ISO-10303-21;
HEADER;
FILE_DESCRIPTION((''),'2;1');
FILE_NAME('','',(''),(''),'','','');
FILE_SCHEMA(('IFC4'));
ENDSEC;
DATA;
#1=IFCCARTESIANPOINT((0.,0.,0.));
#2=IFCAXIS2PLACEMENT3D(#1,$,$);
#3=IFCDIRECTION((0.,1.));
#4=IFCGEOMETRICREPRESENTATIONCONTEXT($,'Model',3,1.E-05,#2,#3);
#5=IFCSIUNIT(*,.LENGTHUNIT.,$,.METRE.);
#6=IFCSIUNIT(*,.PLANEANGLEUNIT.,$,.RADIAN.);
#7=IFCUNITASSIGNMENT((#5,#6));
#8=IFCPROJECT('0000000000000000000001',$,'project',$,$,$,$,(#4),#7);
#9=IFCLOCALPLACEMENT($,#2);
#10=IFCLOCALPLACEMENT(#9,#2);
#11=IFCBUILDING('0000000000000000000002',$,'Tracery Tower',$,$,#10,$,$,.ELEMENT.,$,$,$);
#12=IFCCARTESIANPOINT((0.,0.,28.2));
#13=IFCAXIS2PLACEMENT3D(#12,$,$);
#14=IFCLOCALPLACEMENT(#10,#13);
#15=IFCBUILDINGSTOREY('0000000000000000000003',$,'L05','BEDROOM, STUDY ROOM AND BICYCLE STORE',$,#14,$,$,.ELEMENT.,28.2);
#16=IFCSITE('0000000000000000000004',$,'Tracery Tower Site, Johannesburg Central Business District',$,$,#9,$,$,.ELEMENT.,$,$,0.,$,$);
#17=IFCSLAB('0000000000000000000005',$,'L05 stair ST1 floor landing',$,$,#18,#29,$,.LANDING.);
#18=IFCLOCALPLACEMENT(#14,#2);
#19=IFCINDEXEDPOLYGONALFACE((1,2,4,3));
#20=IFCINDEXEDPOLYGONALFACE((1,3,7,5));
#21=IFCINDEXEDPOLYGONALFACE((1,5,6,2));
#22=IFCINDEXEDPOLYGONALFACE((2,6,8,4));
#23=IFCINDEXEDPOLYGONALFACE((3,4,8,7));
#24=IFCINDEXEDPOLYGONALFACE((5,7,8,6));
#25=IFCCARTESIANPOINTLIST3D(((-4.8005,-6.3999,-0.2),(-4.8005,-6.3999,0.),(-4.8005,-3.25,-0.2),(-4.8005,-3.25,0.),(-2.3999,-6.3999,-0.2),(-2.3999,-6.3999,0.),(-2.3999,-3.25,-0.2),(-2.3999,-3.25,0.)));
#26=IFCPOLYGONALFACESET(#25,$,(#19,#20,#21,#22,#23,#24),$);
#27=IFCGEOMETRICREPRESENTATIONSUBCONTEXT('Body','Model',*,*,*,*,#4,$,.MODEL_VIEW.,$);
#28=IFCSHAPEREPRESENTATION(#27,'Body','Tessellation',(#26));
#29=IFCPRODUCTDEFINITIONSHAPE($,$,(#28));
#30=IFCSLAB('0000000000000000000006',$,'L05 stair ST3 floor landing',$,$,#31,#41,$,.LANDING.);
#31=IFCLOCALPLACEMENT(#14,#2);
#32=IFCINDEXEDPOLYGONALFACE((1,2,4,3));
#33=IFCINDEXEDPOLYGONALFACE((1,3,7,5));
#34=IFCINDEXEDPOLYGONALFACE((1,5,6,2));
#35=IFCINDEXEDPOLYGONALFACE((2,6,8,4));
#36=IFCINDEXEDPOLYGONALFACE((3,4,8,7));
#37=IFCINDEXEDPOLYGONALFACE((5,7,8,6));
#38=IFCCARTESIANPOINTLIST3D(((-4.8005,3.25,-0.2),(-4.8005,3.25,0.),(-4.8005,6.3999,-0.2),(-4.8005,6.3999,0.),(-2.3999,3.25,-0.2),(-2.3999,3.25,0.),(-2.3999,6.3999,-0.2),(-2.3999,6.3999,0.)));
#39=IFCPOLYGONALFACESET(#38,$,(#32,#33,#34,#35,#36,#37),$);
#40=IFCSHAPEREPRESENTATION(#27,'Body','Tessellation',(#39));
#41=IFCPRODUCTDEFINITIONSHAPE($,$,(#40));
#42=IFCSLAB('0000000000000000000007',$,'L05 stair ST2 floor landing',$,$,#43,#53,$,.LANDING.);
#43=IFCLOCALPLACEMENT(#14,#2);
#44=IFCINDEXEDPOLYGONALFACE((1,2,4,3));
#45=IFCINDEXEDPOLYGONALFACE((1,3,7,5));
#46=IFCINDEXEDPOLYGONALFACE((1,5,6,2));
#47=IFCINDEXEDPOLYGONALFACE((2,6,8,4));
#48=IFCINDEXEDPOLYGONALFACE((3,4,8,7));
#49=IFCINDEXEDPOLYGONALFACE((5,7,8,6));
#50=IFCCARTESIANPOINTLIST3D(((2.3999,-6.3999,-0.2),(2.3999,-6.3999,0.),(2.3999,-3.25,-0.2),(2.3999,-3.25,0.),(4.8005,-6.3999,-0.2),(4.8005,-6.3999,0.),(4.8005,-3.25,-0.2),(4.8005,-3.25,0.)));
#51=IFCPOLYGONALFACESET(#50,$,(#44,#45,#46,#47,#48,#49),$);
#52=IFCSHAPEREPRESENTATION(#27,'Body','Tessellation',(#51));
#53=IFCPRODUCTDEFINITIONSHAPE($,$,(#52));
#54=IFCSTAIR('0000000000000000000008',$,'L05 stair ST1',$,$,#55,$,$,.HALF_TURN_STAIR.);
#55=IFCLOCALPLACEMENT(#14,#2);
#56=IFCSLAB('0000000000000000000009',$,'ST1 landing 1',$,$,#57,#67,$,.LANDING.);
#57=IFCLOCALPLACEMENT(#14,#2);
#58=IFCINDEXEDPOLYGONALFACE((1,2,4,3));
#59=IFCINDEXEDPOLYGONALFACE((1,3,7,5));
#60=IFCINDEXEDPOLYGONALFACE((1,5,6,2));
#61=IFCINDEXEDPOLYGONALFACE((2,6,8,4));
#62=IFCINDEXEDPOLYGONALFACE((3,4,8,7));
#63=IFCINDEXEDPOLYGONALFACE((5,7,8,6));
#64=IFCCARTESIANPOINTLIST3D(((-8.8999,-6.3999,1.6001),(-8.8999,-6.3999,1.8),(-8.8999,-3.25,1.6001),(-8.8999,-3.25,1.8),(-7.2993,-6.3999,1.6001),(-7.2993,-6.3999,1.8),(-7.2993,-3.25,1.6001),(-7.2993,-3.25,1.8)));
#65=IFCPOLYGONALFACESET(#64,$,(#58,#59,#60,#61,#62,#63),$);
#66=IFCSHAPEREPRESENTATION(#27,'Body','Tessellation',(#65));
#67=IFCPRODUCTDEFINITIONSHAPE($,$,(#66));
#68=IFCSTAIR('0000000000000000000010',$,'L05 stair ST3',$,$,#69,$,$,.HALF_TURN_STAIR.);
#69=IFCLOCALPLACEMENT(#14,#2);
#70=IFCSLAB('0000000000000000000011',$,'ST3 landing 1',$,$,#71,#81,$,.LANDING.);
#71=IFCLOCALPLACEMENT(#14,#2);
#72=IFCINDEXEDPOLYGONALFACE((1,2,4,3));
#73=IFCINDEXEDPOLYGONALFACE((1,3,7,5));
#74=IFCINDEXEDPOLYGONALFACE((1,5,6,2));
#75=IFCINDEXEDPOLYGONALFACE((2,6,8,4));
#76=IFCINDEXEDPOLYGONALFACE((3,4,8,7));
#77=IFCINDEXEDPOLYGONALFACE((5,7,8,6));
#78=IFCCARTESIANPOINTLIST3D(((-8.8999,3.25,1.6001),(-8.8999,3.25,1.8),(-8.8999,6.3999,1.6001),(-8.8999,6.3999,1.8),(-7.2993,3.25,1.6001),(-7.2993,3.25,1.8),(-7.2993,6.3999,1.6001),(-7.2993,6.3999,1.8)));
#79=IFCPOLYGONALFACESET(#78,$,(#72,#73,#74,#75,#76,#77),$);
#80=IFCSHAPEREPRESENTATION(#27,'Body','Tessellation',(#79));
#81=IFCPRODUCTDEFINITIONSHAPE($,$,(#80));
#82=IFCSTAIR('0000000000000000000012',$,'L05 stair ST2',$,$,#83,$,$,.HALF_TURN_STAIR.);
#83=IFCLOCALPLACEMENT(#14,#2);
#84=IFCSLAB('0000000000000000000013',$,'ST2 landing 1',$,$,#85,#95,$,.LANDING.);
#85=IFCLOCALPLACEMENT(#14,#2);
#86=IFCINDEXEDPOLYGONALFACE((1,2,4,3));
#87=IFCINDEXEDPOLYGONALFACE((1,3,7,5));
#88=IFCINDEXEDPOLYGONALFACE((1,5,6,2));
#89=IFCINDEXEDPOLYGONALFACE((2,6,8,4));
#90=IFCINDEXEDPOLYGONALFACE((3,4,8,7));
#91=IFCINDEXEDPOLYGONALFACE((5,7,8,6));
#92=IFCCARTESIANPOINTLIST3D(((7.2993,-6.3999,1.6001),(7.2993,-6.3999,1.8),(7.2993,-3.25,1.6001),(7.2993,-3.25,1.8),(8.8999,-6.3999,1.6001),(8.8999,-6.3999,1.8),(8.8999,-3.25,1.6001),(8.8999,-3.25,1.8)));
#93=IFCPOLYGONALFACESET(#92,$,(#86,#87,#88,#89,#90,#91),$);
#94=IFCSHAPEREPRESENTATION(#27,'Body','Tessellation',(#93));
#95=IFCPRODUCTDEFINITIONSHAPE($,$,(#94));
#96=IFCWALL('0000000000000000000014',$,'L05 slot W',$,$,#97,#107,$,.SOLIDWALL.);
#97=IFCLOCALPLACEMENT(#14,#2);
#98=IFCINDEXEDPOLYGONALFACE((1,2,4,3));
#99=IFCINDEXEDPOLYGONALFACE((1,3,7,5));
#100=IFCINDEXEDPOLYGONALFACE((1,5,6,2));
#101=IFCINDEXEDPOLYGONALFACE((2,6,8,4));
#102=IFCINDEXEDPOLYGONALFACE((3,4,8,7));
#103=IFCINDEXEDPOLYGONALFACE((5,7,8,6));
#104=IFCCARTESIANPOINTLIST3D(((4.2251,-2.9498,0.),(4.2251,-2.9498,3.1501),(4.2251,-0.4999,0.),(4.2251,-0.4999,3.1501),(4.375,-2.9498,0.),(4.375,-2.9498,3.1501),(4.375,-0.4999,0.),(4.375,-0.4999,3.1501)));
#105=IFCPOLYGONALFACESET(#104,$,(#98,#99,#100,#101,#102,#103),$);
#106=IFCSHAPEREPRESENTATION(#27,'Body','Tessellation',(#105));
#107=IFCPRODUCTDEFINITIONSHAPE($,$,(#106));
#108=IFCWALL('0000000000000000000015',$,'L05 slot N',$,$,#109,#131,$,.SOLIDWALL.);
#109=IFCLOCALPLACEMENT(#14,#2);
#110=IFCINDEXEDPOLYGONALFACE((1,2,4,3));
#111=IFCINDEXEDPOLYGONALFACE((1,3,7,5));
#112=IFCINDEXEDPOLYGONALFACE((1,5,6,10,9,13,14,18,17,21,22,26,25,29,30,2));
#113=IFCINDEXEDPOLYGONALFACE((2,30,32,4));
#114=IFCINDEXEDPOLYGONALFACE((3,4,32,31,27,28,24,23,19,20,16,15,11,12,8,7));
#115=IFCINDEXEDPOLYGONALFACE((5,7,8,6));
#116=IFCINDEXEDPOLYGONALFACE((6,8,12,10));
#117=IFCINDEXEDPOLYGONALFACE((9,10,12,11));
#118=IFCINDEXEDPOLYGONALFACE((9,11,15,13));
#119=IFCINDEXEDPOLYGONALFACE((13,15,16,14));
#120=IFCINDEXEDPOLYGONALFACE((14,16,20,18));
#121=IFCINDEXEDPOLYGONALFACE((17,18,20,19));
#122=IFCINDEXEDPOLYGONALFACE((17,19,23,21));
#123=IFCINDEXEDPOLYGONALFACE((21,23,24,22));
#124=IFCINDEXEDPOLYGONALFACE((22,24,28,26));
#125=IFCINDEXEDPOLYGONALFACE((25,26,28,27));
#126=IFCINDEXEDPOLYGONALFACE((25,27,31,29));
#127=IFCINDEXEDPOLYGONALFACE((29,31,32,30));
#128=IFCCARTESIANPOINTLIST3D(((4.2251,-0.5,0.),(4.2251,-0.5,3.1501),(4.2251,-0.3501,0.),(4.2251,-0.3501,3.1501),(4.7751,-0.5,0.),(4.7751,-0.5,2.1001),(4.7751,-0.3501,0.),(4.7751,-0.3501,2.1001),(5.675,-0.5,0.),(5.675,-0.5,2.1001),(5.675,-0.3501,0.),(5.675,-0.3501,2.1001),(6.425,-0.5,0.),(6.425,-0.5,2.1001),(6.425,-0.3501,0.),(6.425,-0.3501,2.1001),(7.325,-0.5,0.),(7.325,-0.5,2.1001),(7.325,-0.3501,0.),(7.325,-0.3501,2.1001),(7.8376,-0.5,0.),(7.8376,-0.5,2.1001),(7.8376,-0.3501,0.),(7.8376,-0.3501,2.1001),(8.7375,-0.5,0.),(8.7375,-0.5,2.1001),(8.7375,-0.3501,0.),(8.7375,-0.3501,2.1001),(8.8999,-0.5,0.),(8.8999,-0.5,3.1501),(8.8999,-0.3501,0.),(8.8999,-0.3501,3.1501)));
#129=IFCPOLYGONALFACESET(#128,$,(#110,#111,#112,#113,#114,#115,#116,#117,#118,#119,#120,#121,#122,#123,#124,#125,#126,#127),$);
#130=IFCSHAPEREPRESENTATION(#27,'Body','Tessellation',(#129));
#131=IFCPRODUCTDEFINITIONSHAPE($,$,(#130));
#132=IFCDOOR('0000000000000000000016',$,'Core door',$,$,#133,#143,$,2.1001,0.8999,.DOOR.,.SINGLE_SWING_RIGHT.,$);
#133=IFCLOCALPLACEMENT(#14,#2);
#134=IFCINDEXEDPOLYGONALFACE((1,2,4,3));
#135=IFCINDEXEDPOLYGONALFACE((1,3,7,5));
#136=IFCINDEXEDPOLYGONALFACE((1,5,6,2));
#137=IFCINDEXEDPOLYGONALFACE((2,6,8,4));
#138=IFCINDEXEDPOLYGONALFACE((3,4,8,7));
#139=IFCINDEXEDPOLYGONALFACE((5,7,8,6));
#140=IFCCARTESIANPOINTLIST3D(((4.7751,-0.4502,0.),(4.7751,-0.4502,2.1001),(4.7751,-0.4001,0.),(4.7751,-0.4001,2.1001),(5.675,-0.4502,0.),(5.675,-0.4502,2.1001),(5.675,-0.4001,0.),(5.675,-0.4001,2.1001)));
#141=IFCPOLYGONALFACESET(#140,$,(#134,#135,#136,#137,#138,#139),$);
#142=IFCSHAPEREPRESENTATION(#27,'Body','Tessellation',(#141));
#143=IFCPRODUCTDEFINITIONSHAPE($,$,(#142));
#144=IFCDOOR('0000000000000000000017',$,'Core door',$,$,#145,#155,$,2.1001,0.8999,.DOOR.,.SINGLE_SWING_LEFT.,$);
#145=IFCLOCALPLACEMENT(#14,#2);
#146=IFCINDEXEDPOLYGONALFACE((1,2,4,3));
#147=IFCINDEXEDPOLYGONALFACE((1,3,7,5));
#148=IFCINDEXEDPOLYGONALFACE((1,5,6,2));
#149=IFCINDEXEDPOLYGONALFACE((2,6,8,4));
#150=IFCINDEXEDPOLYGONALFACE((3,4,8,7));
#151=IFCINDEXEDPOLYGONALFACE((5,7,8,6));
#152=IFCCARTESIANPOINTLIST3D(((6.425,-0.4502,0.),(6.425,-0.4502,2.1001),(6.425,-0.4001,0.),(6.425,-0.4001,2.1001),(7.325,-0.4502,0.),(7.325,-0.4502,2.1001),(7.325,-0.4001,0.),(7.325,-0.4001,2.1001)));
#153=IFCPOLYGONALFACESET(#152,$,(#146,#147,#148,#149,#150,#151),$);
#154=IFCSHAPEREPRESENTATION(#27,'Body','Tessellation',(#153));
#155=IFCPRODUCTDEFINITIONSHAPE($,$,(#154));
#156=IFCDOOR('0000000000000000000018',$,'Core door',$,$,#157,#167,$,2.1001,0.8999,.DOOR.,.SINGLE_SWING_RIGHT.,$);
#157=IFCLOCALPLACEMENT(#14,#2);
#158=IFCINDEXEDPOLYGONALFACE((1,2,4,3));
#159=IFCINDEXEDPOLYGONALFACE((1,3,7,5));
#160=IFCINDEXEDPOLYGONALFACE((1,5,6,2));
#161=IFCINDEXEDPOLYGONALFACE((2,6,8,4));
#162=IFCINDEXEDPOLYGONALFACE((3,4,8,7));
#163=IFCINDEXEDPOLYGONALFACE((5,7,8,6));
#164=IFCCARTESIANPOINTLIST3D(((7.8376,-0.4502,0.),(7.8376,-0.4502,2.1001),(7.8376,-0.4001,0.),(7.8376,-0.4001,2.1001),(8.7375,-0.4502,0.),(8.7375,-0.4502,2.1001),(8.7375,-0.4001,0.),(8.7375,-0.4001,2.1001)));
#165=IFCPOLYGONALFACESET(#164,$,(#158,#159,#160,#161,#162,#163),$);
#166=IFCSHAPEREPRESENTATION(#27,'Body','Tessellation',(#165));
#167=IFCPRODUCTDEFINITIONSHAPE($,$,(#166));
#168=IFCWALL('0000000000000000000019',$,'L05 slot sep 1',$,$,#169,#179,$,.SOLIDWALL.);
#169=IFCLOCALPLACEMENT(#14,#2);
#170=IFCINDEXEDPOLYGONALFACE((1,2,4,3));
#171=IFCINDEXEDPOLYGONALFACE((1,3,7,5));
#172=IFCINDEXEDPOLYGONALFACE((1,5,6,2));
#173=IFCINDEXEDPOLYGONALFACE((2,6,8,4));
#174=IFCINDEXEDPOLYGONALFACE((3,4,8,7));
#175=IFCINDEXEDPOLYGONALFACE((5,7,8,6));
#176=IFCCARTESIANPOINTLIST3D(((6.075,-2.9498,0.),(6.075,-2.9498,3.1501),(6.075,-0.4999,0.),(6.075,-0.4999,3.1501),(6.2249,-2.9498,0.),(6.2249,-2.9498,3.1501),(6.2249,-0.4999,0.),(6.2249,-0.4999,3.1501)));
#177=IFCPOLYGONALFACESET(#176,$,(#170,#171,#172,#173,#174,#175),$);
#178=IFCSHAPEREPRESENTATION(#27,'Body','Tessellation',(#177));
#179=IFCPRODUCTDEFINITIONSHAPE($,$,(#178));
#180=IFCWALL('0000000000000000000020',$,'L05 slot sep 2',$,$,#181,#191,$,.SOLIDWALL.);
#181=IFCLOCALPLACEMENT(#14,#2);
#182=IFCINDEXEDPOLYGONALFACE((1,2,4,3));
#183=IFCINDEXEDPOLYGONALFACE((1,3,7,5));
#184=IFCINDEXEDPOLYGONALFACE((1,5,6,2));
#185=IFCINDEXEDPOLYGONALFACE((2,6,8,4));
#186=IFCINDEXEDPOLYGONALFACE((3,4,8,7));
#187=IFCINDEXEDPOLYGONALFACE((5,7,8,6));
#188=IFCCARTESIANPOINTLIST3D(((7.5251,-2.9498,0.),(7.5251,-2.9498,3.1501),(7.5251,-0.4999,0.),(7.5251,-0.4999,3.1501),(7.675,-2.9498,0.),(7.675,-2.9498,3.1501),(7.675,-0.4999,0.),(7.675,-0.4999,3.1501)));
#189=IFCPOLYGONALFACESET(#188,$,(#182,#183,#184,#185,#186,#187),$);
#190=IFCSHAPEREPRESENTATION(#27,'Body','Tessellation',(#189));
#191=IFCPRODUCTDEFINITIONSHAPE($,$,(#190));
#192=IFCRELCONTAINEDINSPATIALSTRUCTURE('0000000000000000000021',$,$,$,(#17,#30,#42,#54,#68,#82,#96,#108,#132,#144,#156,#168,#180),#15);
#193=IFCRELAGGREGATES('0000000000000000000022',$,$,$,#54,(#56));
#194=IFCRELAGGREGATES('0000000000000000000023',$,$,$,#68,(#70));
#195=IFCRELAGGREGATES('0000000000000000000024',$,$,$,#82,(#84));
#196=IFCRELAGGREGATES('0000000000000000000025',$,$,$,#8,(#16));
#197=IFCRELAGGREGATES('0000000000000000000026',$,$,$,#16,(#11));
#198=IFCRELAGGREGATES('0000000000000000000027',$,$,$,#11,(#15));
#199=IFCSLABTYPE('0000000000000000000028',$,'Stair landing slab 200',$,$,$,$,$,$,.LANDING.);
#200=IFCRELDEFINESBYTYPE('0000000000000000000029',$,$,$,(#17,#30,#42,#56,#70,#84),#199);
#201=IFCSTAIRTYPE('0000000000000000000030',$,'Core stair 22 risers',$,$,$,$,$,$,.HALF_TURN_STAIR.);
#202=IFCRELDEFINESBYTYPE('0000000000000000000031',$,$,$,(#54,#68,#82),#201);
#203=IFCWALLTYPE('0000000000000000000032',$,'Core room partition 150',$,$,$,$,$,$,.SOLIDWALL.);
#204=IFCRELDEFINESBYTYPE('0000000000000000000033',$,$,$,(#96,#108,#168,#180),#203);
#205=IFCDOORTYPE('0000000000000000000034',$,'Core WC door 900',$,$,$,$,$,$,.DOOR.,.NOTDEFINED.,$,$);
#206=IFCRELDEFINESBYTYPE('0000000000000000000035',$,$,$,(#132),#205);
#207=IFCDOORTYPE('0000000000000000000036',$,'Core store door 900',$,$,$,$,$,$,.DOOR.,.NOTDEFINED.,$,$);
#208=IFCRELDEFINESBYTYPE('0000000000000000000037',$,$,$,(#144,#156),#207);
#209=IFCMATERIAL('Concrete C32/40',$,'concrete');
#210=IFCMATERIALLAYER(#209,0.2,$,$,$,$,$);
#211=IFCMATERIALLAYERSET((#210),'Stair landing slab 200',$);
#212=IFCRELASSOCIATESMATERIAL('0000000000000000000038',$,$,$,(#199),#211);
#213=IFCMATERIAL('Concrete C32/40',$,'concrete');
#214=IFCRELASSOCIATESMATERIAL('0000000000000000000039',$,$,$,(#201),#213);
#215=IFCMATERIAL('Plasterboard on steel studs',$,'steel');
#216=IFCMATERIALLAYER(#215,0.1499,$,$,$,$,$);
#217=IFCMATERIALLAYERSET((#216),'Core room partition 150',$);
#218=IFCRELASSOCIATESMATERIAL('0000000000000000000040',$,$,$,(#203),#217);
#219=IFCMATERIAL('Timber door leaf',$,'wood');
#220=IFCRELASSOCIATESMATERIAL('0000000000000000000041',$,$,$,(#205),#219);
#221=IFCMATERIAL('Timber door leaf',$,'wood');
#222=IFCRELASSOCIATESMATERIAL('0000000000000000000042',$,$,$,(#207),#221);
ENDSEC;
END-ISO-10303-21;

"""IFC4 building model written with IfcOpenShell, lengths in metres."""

from ifc_helpers import new_model, si_unit, direction, frame, frame_2d, origin, place, context, subcontext, project, spatial, polyline, rectangle, outline, extrude, material, layer, layer_set, type_object, element, fill, aggregate, save


model = new_model("IFC4")

# Units and contexts
model_context = context("Model", 3, precision=1e-05, world=origin(), true_north=direction((0.0, 1.0)))
body_context = subcontext(model_context, "Body", "Model", "MODEL_VIEW")
ifc_project = project(units=[si_unit("LENGTHUNIT", "METRE"), si_unit("PLANEANGLEUNIT", "RADIAN")], contexts=[model_context])

# Site, building, storey
site_placement = place(None, origin())
site = spatial("IfcSite", under=ifc_project, at=site_placement, Name="Tracery Tower Site, Johannesburg Central Business District", CompositionType="ELEMENT", RefElevation=0.0)
building_placement = place(site_placement, origin())
building = spatial("IfcBuilding", under=site, at=building_placement, Name="Tracery Tower", CompositionType="ELEMENT")
storey_placement = place(building_placement, frame((0.0, 0.0, 28.2)))
storey = spatial("IfcBuildingStorey", under=building, at=storey_placement, Name="L05", Description="BEDROOM, STUDY ROOM AND BICYCLE STORE", CompositionType="ELEMENT", Elevation=28.2)

# Slabs
ifc_material_1 = material(Name="Concrete C32/40", Category="concrete")
ifc_layer_1 = layer(ifc_material_1, 0.2)
ifc_layer_set_1 = layer_set([ifc_layer_1], Name="Stair landing slab 200")
slab_type_1 = type_object("IfcSlabType", Name="Stair landing slab 200", PredefinedType="LANDING", material=ifc_layer_set_1)
slab_1_placement = place(storey_placement, frame((0.0, 0.0, -0.2)))
element("IfcSlab", 1, at=slab_1_placement, inside=storey, type_object=slab_type_1, Name="L05 stair ST1 floor landing", PredefinedType="LANDING", context=body_context, shape_type="SweptSolid", body=[
    extrude(outline(polyline([(-2.3999, -3.25), (-4.8005, -3.25), (-4.8005, -6.3999), (-2.3999, -6.3999), (-2.3999, -3.25)])), origin(), (0.0, 0.0, 1.0), 0.2),
])
slab_2_placement = place(storey_placement, frame((0.0, 0.0, -0.2)))
element("IfcSlab", 2, at=slab_2_placement, inside=storey, type_object=slab_type_1, Name="L05 stair ST3 floor landing", PredefinedType="LANDING", context=body_context, shape_type="SweptSolid", body=[
    extrude(outline(polyline([(-2.3999, 6.3999), (-4.8005, 6.3999), (-4.8005, 3.25), (-2.3999, 3.25), (-2.3999, 6.3999)])), origin(), (0.0, 0.0, 1.0), 0.2),
])
slab_3_placement = place(storey_placement, frame((0.0, 0.0, -0.2)))
element("IfcSlab", 3, at=slab_3_placement, inside=storey, type_object=slab_type_1, Name="L05 stair ST2 floor landing", PredefinedType="LANDING", context=body_context, shape_type="SweptSolid", body=[
    extrude(outline(polyline([(2.3999, -6.3999), (4.8005, -6.3999), (4.8005, -3.25), (2.3999, -3.25), (2.3999, -6.3999)])), origin(), (0.0, 0.0, 1.0), 0.2),
])

# Stairs, slabs
ifc_material_2 = material(Name="Concrete C32/40", Category="concrete")
stair_type = type_object("IfcStairType", Name="Core stair 22 risers", PredefinedType="HALF_TURN_STAIR", material=ifc_material_2)
stair_1_placement = place(storey_placement, origin())
stair_1 = element("IfcStair", 4, at=stair_1_placement, inside=storey, type_object=stair_type, Name="L05 stair ST1", PredefinedType="HALF_TURN_STAIR")
slab_4_placement = place(storey_placement, frame((0.0, 0.0, 1.6001)))
slab_4 = element("IfcSlab", 5, at=slab_4_placement, type_object=slab_type_1, Name="ST1 landing 1", PredefinedType="LANDING", context=body_context, shape_type="SweptSolid", body=[
    extrude(outline(polyline([(-7.2993, -3.25), (-8.8999, -3.25), (-8.8999, -6.3999), (-7.2993, -6.3999), (-7.2993, -3.25)])), origin(), (0.0, 0.0, 1.0), 0.2),
])
aggregate(stair_1, [slab_4])
stair_2_placement = place(storey_placement, origin())
stair_2 = element("IfcStair", 6, at=stair_2_placement, inside=storey, type_object=stair_type, Name="L05 stair ST3", PredefinedType="HALF_TURN_STAIR")
slab_5_placement = place(storey_placement, frame((0.0, 0.0, 1.6001)))
slab_5 = element("IfcSlab", 7, at=slab_5_placement, type_object=slab_type_1, Name="ST3 landing 1", PredefinedType="LANDING", context=body_context, shape_type="SweptSolid", body=[
    extrude(outline(polyline([(-7.2993, 6.3999), (-8.8999, 6.3999), (-8.8999, 3.25), (-7.2993, 3.25), (-7.2993, 6.3999)])), origin(), (0.0, 0.0, 1.0), 0.2),
])
aggregate(stair_2, [slab_5])
stair_3_placement = place(storey_placement, origin())
stair_3 = element("IfcStair", 8, at=stair_3_placement, inside=storey, type_object=stair_type, Name="L05 stair ST2", PredefinedType="HALF_TURN_STAIR")
slab_6_placement = place(storey_placement, frame((0.0, 0.0, 1.6001)))
slab_6 = element("IfcSlab", 9, at=slab_6_placement, type_object=slab_type_1, Name="ST2 landing 1", PredefinedType="LANDING", context=body_context, shape_type="SweptSolid", body=[
    extrude(outline(polyline([(7.2993, -6.3999), (8.8999, -6.3999), (8.8999, -3.25), (7.2993, -3.25), (7.2993, -6.3999)])), origin(), (0.0, 0.0, 1.0), 0.2),
])

# Wall
ifc_material_3 = material(Name="Plasterboard on steel studs", Category="steel")
ifc_layer_2 = layer(ifc_material_3, 0.1499)
ifc_layer_set_2 = layer_set([ifc_layer_2], Name="Core room partition 150")
wall_type_1 = type_object("IfcWallType", Name="Core room partition 150", PredefinedType="SOLIDWALL", material=ifc_layer_set_2)
wall_1_placement = place(storey_placement, frame((4.3, -2.95, 0.0), z_axis=(0.0, 0.0, 1.0), x_axis=(0.0, 1.0, 0.0)))
element("IfcWall", 10, at=wall_1_placement, inside=storey, type_object=wall_type_1, Name="L05 slot W", PredefinedType="SOLIDWALL", context=body_context, shape_type="SweptSolid", body=[
    extrude(rectangle(XDim=2.45, YDim=0.1499, at=frame_2d((1.2251, 0.0))), origin(), (0.0, 0.0, 1.0), 3.1501),
])

# Wall, openings, doors
wall_2_placement = place(storey_placement, frame((4.2251, -0.425, 0.0), z_axis=(0.0, 0.0, 1.0), x_axis=(1.0, 0.0, 0.0)))
wall_2 = element("IfcWall", 11, at=wall_2_placement, inside=storey, type_object=wall_type_1, Name="L05 slot N", PredefinedType="SOLIDWALL", context=body_context, shape_type="SweptSolid", body=[
    extrude(rectangle(XDim=4.6748, YDim=0.1499, at=frame_2d((2.3374, 0.0))), origin(), (0.0, 0.0, 1.0), 3.1501),
])
opening_1_placement = place(wall_2_placement, frame((0.55, 0.0, 0.0)))
opening_1 = element("IfcOpeningElement", 12, at=opening_1_placement, cuts=wall_2, PredefinedType="OPENING", context=body_context, shape_type="SweptSolid", body=[
    extrude(rectangle(XDim=0.8999, YDim=2.1001, at=frame_2d((0.45, 1.05))), frame((0.0, 0.075, 0.0), z_axis=(0.0, -1.0, 0.0), x_axis=(1.0, 0.0, 0.0)), (0.0, 0.0, 1.0), 0.1499),
])
opening_2_placement = place(wall_2_placement, frame((2.2, 0.0, 0.0)))
opening_2 = element("IfcOpeningElement", 13, at=opening_2_placement, cuts=wall_2, PredefinedType="OPENING", context=body_context, shape_type="SweptSolid", body=[
    extrude(rectangle(XDim=0.8999, YDim=2.1001, at=frame_2d((0.45, 1.05))), frame((0.0, 0.075, 0.0), z_axis=(0.0, -1.0, 0.0), x_axis=(1.0, 0.0, 0.0)), (0.0, 0.0, 1.0), 0.1499),
])
opening_3_placement = place(wall_2_placement, frame((3.6125, 0.0, 0.0)))
opening_3 = element("IfcOpeningElement", 14, at=opening_3_placement, cuts=wall_2, PredefinedType="OPENING", context=body_context, shape_type="SweptSolid", body=[
    extrude(rectangle(XDim=0.8999, YDim=2.1001, at=frame_2d((0.45, 1.05))), frame((0.0, 0.075, 0.0), z_axis=(0.0, -1.0, 0.0), x_axis=(1.0, 0.0, 0.0)), (0.0, 0.0, 1.0), 0.1499),
])
ifc_material_4 = material(Name="Timber door leaf", Category="wood")
door_type_1 = type_object("IfcDoorType", Name="Core WC door 900", OperationType="NOTDEFINED", PredefinedType="DOOR", material=ifc_material_4)
door_1_placement = place(opening_1_placement, origin())
door_1 = element("IfcDoor", 15, at=door_1_placement, inside=storey, type_object=door_type_1, Name="Core door", OperationType="SINGLE_SWING_RIGHT", OverallHeight=2.1001, OverallWidth=0.8999, PredefinedType="DOOR", context=body_context, shape_type="SweptSolid", body=[
    extrude(rectangle(XDim=0.8999, YDim=2.1001, at=frame_2d((0.45, 1.05))), frame((0.0, 0.0249, 0.0), z_axis=(0.0, -1.0, 0.0), x_axis=(1.0, 0.0, 0.0)), (0.0, 0.0, 1.0), 0.05),
])
fill(opening_1, door_1)
ifc_material_5 = material(Name="Timber door leaf", Category="wood")
door_type_2 = type_object("IfcDoorType", Name="Core store door 900", OperationType="NOTDEFINED", PredefinedType="DOOR", material=ifc_material_5)
door_2_placement = place(opening_2_placement, origin())
door_2 = element("IfcDoor", 16, at=door_2_placement, inside=storey, type_object=door_type_2, Name="Core door", OperationType="SINGLE_SWING_LEFT", OverallHeight=2.1001, OverallWidth=0.8999, PredefinedType="DOOR", context=body_context, shape_type="SweptSolid", body=[
    extrude(rectangle(XDim=0.8999, YDim=2.1001, at=frame_2d((0.45, 1.05))), frame((0.0, 0.0249, 0.0), z_axis=(0.0, -1.0, 0.0), x_axis=(1.0, 0.0, 0.0)), (0.0, 0.0, 1.0), 0.05),
])
fill(opening_2, door_2)
door_3_placement = place(opening_3_placement, origin())
door_3 = element("IfcDoor", 17, at=door_3_placement, inside=storey, type_object=door_type_2, Name="Core door", OperationType="SINGLE_SWING_RIGHT", OverallHeight=2.1001, OverallWidth=0.8999, PredefinedType="DOOR", context=body_context, shape_type="SweptSolid", body=[
    extrude(rectangle(XDim=0.8999, YDim=2.1001, at=frame_2d((0.45, 1.05))), frame((0.0, 0.0249, 0.0), z_axis=(0.0, -1.0, 0.0), x_axis=(1.0, 0.0, 0.0)), (0.0, 0.0, 1.0), 0.05),
])
fill(opening_3, door_3)

# Walls
for number, where, z_axis, x_axis, name in (
    (18, (6.1499, -2.95, 0.0), (0.0, 0.0, 1.0), (0.0, 1.0, 0.0), "L05 slot sep 1"),
    (19, (7.6001, -2.95, 0.0), (0.0, 0.0, 1.0), (0.0, 1.0, 0.0), "L05 slot sep 2"),
):
    element("IfcWall", number, at=place(storey_placement, frame(where, z_axis=z_axis, x_axis=x_axis)), inside=storey, type_object=wall_type_1, Name=name, PredefinedType="SOLIDWALL", context=body_context, shape_type="SweptSolid", body=[
        extrude(rectangle(XDim=2.45, YDim=0.1499, at=frame_2d((1.2251, 0.0))), origin(), (0.0, 0.0, 1.0), 3.1501),
    ])

aggregate(stair_3, [slab_6])

save(model, "model.ifc")
